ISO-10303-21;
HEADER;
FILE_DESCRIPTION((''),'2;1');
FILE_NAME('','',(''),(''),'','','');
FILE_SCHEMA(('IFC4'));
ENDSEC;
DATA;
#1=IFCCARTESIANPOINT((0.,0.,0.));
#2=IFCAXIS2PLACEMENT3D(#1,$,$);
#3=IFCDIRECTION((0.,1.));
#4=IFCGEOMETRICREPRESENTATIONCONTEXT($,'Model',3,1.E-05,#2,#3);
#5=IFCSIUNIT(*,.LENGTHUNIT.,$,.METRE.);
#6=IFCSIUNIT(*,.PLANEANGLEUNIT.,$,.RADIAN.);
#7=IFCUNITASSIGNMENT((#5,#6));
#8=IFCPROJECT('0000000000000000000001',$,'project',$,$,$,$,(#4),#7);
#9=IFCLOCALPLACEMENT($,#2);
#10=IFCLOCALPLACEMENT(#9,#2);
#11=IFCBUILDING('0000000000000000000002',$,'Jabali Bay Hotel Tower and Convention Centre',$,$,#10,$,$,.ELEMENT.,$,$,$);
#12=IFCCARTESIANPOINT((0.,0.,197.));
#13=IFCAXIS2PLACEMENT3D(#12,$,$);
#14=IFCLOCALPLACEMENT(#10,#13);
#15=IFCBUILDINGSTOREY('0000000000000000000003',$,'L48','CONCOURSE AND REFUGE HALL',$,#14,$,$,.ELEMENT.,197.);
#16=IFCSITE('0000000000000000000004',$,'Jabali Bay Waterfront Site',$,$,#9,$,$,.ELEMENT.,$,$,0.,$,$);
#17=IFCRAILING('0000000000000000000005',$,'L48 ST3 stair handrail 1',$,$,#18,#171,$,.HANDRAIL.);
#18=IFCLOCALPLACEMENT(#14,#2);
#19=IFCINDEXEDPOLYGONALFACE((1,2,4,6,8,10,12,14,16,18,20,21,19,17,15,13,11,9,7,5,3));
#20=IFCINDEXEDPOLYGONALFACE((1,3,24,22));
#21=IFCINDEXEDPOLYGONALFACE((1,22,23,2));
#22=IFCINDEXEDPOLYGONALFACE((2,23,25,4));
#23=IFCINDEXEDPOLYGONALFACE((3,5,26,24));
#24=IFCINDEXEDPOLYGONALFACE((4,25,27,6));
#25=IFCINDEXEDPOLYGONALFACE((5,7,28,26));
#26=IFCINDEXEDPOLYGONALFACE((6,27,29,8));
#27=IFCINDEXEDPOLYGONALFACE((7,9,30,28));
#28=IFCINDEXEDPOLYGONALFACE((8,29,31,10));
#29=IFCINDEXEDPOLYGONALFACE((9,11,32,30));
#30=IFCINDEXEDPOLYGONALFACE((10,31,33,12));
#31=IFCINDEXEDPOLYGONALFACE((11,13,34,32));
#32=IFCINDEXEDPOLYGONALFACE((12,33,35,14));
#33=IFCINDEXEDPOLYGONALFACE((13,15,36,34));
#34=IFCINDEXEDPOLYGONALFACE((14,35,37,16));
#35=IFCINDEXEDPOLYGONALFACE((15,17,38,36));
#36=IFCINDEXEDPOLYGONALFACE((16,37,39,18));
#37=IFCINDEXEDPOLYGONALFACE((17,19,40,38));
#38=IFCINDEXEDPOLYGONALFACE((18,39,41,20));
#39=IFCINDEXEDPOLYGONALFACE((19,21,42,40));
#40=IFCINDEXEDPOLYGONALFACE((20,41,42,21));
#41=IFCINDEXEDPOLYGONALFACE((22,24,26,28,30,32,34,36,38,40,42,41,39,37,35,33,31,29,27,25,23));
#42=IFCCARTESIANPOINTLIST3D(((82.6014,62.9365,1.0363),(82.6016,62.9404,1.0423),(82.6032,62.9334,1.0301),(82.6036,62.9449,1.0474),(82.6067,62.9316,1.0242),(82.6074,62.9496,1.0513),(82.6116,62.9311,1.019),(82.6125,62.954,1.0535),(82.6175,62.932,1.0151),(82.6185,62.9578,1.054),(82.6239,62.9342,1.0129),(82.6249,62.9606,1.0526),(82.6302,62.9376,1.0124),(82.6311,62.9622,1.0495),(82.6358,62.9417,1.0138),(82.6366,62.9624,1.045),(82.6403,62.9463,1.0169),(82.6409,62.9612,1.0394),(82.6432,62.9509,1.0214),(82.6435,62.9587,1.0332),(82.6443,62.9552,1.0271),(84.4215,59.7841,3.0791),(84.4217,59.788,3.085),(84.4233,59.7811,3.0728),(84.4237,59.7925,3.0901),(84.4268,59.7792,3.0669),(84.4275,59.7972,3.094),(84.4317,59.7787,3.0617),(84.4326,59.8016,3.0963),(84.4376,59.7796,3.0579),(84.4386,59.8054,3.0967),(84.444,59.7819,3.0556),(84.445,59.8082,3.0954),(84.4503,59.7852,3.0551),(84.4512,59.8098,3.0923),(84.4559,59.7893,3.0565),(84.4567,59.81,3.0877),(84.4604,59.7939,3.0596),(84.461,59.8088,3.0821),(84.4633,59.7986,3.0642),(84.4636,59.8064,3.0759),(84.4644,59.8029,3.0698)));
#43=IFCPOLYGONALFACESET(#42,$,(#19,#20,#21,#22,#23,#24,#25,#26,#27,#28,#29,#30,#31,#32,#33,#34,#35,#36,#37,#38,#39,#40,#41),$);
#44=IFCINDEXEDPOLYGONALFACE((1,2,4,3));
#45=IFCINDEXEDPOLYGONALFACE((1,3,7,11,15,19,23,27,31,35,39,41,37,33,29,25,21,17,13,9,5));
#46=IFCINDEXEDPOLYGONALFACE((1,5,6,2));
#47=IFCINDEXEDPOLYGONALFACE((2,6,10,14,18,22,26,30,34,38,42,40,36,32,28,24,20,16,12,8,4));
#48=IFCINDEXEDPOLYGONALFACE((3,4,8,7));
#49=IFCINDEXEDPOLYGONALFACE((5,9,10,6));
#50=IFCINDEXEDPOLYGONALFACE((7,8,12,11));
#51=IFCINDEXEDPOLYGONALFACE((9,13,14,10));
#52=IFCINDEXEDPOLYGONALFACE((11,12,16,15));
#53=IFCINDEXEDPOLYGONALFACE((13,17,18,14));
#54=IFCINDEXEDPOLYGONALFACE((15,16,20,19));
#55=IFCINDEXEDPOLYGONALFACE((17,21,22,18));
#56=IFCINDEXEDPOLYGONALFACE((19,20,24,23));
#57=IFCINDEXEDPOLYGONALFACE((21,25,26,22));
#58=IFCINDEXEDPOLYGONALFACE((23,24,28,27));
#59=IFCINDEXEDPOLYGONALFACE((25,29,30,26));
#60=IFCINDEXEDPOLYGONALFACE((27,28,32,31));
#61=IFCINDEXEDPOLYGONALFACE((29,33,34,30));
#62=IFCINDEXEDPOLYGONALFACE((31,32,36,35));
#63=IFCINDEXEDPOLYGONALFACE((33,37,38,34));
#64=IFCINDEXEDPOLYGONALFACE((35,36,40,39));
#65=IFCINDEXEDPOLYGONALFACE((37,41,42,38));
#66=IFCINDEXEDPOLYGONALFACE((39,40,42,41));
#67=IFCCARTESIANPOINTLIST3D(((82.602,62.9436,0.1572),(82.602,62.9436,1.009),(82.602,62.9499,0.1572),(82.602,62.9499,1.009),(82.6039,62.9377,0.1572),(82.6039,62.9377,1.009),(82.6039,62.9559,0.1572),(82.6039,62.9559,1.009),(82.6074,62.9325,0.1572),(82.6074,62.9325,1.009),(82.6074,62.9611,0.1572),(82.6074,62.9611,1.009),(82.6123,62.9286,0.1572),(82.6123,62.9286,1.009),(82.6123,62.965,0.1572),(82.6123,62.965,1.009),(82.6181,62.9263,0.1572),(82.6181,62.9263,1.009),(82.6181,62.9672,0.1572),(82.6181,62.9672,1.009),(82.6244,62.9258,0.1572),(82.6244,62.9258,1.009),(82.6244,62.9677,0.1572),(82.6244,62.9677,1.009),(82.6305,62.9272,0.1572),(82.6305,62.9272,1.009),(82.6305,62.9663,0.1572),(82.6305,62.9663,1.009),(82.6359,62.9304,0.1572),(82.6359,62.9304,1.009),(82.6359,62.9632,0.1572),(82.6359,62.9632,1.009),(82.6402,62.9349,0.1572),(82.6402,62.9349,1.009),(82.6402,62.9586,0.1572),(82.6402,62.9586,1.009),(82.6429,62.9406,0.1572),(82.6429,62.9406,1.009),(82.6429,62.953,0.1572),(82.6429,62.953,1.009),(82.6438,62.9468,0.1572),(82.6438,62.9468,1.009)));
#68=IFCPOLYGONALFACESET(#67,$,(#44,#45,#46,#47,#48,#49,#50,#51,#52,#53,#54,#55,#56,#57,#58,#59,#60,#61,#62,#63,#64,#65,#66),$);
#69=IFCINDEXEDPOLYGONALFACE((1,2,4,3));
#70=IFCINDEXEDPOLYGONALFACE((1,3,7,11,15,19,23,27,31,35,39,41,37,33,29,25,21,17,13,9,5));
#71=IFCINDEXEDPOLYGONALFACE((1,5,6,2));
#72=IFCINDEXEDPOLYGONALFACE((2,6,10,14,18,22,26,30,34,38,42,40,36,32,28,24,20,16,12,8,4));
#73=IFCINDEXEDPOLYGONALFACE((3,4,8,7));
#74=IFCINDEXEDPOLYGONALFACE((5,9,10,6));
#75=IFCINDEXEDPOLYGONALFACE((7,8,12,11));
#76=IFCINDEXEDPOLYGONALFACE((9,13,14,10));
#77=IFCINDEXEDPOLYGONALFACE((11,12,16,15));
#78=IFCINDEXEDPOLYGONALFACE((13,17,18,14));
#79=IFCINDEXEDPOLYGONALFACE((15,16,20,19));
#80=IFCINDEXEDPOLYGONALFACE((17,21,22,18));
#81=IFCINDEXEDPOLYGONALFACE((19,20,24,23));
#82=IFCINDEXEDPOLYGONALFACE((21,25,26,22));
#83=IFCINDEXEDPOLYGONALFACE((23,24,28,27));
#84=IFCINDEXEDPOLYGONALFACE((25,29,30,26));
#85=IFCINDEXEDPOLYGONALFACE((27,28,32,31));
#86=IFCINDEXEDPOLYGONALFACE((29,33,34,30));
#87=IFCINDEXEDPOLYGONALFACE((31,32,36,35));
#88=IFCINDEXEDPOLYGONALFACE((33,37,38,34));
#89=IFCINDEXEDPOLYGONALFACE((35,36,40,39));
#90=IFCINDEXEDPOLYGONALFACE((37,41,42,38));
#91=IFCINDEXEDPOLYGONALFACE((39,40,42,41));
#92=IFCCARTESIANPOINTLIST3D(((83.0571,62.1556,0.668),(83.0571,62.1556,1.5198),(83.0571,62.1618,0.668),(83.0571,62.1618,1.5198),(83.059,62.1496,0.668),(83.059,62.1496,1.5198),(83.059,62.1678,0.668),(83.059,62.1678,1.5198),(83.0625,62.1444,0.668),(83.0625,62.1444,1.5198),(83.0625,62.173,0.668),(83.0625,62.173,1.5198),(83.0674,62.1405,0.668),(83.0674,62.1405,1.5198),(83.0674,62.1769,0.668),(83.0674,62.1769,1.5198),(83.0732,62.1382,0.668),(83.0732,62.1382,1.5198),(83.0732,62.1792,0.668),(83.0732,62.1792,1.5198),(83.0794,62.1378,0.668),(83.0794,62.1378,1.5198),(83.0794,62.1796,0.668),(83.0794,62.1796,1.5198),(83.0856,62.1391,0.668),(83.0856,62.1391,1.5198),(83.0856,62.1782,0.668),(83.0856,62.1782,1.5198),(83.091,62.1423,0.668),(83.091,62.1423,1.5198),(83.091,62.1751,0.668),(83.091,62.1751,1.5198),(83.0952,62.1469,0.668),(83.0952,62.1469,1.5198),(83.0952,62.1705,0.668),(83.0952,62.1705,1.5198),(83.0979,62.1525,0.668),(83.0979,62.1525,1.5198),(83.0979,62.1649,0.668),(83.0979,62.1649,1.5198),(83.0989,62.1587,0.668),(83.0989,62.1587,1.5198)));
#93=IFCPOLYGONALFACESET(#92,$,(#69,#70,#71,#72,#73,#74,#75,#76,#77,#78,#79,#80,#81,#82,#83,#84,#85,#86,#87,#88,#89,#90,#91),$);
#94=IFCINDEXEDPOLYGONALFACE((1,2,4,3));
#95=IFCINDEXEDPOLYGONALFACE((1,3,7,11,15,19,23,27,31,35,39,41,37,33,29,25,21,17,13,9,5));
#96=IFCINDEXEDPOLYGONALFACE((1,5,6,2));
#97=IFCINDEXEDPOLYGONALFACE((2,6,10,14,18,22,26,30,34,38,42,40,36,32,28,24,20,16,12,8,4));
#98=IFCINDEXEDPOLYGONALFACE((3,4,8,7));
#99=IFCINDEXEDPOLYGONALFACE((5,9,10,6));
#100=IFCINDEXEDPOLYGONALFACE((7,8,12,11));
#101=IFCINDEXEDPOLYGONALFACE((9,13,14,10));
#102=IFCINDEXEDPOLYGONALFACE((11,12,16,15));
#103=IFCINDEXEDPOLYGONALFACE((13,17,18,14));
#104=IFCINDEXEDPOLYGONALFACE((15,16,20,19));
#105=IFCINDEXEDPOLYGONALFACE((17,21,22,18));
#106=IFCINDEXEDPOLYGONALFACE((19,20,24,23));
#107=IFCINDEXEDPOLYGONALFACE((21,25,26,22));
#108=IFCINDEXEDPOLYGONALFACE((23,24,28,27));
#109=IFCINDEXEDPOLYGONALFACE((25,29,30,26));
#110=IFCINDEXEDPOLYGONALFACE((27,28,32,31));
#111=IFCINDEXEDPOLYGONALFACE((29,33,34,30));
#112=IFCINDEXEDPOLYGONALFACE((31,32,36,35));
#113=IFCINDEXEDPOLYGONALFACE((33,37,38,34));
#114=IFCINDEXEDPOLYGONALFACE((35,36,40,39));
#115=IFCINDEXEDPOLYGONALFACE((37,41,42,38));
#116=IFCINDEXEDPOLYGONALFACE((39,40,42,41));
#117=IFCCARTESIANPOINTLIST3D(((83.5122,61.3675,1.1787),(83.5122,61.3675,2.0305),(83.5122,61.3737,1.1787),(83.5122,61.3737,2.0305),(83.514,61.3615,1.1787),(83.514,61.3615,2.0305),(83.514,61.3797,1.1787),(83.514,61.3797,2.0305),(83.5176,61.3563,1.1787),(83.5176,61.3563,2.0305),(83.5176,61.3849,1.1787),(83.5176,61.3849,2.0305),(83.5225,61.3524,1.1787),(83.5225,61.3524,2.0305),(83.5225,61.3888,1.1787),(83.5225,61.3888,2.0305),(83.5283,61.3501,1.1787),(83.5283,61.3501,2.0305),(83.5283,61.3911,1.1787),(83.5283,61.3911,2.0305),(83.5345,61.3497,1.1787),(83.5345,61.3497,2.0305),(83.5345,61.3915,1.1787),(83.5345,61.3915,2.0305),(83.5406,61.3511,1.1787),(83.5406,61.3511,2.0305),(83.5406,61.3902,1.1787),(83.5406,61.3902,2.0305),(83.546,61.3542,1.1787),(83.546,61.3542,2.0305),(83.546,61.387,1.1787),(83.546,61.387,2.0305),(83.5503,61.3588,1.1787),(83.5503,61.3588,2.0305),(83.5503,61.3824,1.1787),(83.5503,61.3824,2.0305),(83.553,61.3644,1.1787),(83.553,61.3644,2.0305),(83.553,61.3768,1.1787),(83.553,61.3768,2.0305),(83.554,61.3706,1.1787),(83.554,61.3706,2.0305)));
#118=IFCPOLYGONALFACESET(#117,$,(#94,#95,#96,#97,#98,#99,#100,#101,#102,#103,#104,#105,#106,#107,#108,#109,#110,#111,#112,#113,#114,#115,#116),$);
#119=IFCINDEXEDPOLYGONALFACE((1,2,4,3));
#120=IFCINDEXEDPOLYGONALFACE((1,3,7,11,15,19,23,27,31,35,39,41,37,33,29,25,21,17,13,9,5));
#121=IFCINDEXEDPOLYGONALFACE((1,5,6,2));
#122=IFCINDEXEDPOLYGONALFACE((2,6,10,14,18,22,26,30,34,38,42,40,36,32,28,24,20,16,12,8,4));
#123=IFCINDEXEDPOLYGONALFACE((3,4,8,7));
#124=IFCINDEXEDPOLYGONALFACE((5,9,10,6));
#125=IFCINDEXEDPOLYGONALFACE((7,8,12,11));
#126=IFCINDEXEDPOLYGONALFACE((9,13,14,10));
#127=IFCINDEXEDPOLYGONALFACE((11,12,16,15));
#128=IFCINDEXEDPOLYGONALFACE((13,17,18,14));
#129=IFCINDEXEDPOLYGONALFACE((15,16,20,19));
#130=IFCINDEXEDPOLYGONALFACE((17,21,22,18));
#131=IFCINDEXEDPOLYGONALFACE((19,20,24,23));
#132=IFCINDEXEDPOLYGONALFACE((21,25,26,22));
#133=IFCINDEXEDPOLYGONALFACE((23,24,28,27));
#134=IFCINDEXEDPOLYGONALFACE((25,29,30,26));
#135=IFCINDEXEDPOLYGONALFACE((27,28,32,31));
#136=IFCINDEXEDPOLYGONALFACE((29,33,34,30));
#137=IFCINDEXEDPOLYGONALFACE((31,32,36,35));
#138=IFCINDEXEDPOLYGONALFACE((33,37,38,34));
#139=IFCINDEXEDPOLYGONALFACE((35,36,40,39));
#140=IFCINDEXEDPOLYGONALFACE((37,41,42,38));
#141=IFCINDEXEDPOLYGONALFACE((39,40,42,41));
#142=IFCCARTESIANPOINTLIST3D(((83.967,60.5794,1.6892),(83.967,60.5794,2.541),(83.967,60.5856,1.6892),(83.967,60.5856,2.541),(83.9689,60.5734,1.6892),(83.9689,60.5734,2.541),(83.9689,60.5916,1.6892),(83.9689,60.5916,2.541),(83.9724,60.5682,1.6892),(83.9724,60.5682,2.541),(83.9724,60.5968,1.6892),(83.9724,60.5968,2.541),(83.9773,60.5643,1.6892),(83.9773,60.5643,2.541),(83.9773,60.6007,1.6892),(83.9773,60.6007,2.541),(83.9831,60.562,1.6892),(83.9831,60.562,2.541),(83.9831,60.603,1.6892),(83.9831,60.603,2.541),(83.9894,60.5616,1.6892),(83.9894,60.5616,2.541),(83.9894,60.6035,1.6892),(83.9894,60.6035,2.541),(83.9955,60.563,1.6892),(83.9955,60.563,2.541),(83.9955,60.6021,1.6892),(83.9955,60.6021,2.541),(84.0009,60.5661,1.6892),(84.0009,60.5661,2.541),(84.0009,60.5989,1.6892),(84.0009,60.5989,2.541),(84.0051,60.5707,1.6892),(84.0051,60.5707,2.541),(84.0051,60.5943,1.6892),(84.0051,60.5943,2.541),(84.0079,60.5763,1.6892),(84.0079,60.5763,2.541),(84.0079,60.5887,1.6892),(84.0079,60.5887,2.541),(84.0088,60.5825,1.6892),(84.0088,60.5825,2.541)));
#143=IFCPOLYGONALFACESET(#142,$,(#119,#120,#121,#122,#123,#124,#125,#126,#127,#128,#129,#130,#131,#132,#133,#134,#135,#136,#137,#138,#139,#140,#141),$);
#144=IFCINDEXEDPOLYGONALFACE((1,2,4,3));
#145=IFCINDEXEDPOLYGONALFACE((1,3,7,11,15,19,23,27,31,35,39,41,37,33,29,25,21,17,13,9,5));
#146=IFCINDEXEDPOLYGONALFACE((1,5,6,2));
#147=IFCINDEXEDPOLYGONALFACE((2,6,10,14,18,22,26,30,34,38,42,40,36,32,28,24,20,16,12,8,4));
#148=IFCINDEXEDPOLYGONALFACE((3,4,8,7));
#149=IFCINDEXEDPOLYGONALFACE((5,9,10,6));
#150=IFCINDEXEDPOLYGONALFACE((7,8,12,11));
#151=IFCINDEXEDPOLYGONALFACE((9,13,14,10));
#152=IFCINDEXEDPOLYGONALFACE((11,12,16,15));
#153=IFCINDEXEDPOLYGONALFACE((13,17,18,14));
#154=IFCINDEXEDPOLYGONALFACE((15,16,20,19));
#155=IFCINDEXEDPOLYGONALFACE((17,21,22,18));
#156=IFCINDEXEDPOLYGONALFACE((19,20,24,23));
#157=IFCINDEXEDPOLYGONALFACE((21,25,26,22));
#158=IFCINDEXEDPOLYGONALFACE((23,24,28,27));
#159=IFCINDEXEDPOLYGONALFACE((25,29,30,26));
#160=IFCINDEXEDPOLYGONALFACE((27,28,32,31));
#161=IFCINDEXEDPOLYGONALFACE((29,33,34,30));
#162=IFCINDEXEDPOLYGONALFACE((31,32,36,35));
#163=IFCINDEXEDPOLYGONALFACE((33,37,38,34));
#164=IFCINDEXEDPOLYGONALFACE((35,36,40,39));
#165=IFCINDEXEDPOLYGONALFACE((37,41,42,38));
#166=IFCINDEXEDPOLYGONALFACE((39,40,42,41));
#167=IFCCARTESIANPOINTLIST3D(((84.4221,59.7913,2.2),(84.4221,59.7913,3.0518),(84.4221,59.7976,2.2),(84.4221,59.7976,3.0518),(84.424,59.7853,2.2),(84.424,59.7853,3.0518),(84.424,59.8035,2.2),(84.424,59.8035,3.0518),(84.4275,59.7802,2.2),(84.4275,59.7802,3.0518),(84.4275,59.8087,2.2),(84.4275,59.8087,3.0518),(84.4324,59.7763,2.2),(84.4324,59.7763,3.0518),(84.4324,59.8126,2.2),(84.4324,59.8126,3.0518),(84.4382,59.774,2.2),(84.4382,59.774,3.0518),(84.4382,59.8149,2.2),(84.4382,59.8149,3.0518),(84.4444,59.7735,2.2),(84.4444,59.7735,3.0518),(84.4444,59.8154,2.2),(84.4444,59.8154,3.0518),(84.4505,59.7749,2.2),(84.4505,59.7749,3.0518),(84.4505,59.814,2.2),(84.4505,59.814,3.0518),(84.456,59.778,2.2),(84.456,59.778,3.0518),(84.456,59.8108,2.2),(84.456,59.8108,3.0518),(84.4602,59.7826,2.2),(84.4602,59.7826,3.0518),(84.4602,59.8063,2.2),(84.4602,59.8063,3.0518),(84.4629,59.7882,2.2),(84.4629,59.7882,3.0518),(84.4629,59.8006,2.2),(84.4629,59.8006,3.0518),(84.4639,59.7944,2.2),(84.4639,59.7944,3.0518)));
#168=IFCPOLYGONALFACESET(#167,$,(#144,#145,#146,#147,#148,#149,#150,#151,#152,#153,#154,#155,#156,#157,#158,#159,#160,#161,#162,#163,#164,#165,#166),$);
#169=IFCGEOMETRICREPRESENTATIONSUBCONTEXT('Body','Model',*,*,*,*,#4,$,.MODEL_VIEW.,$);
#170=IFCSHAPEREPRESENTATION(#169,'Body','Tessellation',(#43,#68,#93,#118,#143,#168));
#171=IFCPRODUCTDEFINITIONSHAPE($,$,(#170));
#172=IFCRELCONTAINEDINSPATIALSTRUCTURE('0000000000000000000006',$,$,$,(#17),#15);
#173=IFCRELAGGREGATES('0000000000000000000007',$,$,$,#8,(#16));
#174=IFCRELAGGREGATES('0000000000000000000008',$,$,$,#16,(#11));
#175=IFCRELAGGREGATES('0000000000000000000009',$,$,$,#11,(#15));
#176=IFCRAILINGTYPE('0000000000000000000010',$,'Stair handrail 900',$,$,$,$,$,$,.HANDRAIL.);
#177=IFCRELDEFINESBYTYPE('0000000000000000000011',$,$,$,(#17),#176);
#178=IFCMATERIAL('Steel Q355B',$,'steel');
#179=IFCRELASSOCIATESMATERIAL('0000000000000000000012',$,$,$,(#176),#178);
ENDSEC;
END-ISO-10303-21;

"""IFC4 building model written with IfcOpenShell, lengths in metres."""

from ifc_helpers import new_model, si_unit, direction, frame, origin, origin_2d, place, context, subcontext, project, spatial, circle, extrude, material, type_object, element, save


model = new_model("IFC4")

# Units and contexts
model_context = context("Model", 3, precision=1e-05, world=origin(), true_north=direction((0.0, 1.0)))
body_context = subcontext(model_context, "Body", "Model", "MODEL_VIEW")
ifc_project = project(units=[si_unit("LENGTHUNIT", "METRE"), si_unit("PLANEANGLEUNIT", "RADIAN")], contexts=[model_context])

# Site, building, storey
site_placement = place(None, origin())
site = spatial("IfcSite", under=ifc_project, at=site_placement, Name="Jabali Bay Waterfront Site", CompositionType="ELEMENT", RefElevation=0.0)
building_placement = place(site_placement, origin())
building = spatial("IfcBuilding", under=site, at=building_placement, Name="Jabali Bay Hotel Tower and Convention Centre", CompositionType="ELEMENT")
storey_placement = place(building_placement, frame((0.0, 0.0, 197.0)))
storey = spatial("IfcBuildingStorey", under=building, at=storey_placement, Name="L48", Description="CONCOURSE AND REFUGE HALL", CompositionType="ELEMENT", Elevation=197.0)

# Railing
ifc_material_1 = material(Name="Steel Q355B", Category="steel")
railing_type_1 = type_object("IfcRailingType", Name="Stair handrail 900", PredefinedType="HANDRAIL", material=ifc_material_1)
railing_1_placement = place(storey_placement, frame((82.6228, 62.9468, 0.1572)))
element("IfcRailing", 1, at=railing_1_placement, inside=storey, type_object=railing_type_1, Name="L48 ST3 stair handrail 1", PredefinedType="HANDRAIL", context=body_context, shape_type="SweptSolid", body=[
    extrude(circle(Radius=0.0239, at=origin_2d()), frame((0.0, 0.0, 0.876), z_axis=(0.436044, -0.755225, 0.489387), x_axis=(0.866018, 0.500013, 0.0)), (0.0, 0.0, 1.0), 4.1741),
    extrude(circle(Radius=0.021, at=origin_2d()), origin(), (0.0, 0.0, 1.0), 0.8518),
    extrude(circle(Radius=0.021, at=origin_2d()), frame((0.4551, -0.7881, 0.5107)), (0.0, 0.0, 1.0), 0.8518),
    extrude(circle(Radius=0.021, at=origin_2d()), frame((0.9102, -1.5762, 1.0215)), (0.0, 0.0, 1.0), 0.8518),
    extrude(circle(Radius=0.021, at=origin_2d()), frame((1.365, -2.3643, 1.532)), (0.0, 0.0, 1.0), 0.8518),
    extrude(circle(Radius=0.021, at=origin_2d()), frame((1.8201, -3.1523, 2.0427)), (0.0, 0.0, 1.0), 0.8518),
])

save(model, "model.ifc")
